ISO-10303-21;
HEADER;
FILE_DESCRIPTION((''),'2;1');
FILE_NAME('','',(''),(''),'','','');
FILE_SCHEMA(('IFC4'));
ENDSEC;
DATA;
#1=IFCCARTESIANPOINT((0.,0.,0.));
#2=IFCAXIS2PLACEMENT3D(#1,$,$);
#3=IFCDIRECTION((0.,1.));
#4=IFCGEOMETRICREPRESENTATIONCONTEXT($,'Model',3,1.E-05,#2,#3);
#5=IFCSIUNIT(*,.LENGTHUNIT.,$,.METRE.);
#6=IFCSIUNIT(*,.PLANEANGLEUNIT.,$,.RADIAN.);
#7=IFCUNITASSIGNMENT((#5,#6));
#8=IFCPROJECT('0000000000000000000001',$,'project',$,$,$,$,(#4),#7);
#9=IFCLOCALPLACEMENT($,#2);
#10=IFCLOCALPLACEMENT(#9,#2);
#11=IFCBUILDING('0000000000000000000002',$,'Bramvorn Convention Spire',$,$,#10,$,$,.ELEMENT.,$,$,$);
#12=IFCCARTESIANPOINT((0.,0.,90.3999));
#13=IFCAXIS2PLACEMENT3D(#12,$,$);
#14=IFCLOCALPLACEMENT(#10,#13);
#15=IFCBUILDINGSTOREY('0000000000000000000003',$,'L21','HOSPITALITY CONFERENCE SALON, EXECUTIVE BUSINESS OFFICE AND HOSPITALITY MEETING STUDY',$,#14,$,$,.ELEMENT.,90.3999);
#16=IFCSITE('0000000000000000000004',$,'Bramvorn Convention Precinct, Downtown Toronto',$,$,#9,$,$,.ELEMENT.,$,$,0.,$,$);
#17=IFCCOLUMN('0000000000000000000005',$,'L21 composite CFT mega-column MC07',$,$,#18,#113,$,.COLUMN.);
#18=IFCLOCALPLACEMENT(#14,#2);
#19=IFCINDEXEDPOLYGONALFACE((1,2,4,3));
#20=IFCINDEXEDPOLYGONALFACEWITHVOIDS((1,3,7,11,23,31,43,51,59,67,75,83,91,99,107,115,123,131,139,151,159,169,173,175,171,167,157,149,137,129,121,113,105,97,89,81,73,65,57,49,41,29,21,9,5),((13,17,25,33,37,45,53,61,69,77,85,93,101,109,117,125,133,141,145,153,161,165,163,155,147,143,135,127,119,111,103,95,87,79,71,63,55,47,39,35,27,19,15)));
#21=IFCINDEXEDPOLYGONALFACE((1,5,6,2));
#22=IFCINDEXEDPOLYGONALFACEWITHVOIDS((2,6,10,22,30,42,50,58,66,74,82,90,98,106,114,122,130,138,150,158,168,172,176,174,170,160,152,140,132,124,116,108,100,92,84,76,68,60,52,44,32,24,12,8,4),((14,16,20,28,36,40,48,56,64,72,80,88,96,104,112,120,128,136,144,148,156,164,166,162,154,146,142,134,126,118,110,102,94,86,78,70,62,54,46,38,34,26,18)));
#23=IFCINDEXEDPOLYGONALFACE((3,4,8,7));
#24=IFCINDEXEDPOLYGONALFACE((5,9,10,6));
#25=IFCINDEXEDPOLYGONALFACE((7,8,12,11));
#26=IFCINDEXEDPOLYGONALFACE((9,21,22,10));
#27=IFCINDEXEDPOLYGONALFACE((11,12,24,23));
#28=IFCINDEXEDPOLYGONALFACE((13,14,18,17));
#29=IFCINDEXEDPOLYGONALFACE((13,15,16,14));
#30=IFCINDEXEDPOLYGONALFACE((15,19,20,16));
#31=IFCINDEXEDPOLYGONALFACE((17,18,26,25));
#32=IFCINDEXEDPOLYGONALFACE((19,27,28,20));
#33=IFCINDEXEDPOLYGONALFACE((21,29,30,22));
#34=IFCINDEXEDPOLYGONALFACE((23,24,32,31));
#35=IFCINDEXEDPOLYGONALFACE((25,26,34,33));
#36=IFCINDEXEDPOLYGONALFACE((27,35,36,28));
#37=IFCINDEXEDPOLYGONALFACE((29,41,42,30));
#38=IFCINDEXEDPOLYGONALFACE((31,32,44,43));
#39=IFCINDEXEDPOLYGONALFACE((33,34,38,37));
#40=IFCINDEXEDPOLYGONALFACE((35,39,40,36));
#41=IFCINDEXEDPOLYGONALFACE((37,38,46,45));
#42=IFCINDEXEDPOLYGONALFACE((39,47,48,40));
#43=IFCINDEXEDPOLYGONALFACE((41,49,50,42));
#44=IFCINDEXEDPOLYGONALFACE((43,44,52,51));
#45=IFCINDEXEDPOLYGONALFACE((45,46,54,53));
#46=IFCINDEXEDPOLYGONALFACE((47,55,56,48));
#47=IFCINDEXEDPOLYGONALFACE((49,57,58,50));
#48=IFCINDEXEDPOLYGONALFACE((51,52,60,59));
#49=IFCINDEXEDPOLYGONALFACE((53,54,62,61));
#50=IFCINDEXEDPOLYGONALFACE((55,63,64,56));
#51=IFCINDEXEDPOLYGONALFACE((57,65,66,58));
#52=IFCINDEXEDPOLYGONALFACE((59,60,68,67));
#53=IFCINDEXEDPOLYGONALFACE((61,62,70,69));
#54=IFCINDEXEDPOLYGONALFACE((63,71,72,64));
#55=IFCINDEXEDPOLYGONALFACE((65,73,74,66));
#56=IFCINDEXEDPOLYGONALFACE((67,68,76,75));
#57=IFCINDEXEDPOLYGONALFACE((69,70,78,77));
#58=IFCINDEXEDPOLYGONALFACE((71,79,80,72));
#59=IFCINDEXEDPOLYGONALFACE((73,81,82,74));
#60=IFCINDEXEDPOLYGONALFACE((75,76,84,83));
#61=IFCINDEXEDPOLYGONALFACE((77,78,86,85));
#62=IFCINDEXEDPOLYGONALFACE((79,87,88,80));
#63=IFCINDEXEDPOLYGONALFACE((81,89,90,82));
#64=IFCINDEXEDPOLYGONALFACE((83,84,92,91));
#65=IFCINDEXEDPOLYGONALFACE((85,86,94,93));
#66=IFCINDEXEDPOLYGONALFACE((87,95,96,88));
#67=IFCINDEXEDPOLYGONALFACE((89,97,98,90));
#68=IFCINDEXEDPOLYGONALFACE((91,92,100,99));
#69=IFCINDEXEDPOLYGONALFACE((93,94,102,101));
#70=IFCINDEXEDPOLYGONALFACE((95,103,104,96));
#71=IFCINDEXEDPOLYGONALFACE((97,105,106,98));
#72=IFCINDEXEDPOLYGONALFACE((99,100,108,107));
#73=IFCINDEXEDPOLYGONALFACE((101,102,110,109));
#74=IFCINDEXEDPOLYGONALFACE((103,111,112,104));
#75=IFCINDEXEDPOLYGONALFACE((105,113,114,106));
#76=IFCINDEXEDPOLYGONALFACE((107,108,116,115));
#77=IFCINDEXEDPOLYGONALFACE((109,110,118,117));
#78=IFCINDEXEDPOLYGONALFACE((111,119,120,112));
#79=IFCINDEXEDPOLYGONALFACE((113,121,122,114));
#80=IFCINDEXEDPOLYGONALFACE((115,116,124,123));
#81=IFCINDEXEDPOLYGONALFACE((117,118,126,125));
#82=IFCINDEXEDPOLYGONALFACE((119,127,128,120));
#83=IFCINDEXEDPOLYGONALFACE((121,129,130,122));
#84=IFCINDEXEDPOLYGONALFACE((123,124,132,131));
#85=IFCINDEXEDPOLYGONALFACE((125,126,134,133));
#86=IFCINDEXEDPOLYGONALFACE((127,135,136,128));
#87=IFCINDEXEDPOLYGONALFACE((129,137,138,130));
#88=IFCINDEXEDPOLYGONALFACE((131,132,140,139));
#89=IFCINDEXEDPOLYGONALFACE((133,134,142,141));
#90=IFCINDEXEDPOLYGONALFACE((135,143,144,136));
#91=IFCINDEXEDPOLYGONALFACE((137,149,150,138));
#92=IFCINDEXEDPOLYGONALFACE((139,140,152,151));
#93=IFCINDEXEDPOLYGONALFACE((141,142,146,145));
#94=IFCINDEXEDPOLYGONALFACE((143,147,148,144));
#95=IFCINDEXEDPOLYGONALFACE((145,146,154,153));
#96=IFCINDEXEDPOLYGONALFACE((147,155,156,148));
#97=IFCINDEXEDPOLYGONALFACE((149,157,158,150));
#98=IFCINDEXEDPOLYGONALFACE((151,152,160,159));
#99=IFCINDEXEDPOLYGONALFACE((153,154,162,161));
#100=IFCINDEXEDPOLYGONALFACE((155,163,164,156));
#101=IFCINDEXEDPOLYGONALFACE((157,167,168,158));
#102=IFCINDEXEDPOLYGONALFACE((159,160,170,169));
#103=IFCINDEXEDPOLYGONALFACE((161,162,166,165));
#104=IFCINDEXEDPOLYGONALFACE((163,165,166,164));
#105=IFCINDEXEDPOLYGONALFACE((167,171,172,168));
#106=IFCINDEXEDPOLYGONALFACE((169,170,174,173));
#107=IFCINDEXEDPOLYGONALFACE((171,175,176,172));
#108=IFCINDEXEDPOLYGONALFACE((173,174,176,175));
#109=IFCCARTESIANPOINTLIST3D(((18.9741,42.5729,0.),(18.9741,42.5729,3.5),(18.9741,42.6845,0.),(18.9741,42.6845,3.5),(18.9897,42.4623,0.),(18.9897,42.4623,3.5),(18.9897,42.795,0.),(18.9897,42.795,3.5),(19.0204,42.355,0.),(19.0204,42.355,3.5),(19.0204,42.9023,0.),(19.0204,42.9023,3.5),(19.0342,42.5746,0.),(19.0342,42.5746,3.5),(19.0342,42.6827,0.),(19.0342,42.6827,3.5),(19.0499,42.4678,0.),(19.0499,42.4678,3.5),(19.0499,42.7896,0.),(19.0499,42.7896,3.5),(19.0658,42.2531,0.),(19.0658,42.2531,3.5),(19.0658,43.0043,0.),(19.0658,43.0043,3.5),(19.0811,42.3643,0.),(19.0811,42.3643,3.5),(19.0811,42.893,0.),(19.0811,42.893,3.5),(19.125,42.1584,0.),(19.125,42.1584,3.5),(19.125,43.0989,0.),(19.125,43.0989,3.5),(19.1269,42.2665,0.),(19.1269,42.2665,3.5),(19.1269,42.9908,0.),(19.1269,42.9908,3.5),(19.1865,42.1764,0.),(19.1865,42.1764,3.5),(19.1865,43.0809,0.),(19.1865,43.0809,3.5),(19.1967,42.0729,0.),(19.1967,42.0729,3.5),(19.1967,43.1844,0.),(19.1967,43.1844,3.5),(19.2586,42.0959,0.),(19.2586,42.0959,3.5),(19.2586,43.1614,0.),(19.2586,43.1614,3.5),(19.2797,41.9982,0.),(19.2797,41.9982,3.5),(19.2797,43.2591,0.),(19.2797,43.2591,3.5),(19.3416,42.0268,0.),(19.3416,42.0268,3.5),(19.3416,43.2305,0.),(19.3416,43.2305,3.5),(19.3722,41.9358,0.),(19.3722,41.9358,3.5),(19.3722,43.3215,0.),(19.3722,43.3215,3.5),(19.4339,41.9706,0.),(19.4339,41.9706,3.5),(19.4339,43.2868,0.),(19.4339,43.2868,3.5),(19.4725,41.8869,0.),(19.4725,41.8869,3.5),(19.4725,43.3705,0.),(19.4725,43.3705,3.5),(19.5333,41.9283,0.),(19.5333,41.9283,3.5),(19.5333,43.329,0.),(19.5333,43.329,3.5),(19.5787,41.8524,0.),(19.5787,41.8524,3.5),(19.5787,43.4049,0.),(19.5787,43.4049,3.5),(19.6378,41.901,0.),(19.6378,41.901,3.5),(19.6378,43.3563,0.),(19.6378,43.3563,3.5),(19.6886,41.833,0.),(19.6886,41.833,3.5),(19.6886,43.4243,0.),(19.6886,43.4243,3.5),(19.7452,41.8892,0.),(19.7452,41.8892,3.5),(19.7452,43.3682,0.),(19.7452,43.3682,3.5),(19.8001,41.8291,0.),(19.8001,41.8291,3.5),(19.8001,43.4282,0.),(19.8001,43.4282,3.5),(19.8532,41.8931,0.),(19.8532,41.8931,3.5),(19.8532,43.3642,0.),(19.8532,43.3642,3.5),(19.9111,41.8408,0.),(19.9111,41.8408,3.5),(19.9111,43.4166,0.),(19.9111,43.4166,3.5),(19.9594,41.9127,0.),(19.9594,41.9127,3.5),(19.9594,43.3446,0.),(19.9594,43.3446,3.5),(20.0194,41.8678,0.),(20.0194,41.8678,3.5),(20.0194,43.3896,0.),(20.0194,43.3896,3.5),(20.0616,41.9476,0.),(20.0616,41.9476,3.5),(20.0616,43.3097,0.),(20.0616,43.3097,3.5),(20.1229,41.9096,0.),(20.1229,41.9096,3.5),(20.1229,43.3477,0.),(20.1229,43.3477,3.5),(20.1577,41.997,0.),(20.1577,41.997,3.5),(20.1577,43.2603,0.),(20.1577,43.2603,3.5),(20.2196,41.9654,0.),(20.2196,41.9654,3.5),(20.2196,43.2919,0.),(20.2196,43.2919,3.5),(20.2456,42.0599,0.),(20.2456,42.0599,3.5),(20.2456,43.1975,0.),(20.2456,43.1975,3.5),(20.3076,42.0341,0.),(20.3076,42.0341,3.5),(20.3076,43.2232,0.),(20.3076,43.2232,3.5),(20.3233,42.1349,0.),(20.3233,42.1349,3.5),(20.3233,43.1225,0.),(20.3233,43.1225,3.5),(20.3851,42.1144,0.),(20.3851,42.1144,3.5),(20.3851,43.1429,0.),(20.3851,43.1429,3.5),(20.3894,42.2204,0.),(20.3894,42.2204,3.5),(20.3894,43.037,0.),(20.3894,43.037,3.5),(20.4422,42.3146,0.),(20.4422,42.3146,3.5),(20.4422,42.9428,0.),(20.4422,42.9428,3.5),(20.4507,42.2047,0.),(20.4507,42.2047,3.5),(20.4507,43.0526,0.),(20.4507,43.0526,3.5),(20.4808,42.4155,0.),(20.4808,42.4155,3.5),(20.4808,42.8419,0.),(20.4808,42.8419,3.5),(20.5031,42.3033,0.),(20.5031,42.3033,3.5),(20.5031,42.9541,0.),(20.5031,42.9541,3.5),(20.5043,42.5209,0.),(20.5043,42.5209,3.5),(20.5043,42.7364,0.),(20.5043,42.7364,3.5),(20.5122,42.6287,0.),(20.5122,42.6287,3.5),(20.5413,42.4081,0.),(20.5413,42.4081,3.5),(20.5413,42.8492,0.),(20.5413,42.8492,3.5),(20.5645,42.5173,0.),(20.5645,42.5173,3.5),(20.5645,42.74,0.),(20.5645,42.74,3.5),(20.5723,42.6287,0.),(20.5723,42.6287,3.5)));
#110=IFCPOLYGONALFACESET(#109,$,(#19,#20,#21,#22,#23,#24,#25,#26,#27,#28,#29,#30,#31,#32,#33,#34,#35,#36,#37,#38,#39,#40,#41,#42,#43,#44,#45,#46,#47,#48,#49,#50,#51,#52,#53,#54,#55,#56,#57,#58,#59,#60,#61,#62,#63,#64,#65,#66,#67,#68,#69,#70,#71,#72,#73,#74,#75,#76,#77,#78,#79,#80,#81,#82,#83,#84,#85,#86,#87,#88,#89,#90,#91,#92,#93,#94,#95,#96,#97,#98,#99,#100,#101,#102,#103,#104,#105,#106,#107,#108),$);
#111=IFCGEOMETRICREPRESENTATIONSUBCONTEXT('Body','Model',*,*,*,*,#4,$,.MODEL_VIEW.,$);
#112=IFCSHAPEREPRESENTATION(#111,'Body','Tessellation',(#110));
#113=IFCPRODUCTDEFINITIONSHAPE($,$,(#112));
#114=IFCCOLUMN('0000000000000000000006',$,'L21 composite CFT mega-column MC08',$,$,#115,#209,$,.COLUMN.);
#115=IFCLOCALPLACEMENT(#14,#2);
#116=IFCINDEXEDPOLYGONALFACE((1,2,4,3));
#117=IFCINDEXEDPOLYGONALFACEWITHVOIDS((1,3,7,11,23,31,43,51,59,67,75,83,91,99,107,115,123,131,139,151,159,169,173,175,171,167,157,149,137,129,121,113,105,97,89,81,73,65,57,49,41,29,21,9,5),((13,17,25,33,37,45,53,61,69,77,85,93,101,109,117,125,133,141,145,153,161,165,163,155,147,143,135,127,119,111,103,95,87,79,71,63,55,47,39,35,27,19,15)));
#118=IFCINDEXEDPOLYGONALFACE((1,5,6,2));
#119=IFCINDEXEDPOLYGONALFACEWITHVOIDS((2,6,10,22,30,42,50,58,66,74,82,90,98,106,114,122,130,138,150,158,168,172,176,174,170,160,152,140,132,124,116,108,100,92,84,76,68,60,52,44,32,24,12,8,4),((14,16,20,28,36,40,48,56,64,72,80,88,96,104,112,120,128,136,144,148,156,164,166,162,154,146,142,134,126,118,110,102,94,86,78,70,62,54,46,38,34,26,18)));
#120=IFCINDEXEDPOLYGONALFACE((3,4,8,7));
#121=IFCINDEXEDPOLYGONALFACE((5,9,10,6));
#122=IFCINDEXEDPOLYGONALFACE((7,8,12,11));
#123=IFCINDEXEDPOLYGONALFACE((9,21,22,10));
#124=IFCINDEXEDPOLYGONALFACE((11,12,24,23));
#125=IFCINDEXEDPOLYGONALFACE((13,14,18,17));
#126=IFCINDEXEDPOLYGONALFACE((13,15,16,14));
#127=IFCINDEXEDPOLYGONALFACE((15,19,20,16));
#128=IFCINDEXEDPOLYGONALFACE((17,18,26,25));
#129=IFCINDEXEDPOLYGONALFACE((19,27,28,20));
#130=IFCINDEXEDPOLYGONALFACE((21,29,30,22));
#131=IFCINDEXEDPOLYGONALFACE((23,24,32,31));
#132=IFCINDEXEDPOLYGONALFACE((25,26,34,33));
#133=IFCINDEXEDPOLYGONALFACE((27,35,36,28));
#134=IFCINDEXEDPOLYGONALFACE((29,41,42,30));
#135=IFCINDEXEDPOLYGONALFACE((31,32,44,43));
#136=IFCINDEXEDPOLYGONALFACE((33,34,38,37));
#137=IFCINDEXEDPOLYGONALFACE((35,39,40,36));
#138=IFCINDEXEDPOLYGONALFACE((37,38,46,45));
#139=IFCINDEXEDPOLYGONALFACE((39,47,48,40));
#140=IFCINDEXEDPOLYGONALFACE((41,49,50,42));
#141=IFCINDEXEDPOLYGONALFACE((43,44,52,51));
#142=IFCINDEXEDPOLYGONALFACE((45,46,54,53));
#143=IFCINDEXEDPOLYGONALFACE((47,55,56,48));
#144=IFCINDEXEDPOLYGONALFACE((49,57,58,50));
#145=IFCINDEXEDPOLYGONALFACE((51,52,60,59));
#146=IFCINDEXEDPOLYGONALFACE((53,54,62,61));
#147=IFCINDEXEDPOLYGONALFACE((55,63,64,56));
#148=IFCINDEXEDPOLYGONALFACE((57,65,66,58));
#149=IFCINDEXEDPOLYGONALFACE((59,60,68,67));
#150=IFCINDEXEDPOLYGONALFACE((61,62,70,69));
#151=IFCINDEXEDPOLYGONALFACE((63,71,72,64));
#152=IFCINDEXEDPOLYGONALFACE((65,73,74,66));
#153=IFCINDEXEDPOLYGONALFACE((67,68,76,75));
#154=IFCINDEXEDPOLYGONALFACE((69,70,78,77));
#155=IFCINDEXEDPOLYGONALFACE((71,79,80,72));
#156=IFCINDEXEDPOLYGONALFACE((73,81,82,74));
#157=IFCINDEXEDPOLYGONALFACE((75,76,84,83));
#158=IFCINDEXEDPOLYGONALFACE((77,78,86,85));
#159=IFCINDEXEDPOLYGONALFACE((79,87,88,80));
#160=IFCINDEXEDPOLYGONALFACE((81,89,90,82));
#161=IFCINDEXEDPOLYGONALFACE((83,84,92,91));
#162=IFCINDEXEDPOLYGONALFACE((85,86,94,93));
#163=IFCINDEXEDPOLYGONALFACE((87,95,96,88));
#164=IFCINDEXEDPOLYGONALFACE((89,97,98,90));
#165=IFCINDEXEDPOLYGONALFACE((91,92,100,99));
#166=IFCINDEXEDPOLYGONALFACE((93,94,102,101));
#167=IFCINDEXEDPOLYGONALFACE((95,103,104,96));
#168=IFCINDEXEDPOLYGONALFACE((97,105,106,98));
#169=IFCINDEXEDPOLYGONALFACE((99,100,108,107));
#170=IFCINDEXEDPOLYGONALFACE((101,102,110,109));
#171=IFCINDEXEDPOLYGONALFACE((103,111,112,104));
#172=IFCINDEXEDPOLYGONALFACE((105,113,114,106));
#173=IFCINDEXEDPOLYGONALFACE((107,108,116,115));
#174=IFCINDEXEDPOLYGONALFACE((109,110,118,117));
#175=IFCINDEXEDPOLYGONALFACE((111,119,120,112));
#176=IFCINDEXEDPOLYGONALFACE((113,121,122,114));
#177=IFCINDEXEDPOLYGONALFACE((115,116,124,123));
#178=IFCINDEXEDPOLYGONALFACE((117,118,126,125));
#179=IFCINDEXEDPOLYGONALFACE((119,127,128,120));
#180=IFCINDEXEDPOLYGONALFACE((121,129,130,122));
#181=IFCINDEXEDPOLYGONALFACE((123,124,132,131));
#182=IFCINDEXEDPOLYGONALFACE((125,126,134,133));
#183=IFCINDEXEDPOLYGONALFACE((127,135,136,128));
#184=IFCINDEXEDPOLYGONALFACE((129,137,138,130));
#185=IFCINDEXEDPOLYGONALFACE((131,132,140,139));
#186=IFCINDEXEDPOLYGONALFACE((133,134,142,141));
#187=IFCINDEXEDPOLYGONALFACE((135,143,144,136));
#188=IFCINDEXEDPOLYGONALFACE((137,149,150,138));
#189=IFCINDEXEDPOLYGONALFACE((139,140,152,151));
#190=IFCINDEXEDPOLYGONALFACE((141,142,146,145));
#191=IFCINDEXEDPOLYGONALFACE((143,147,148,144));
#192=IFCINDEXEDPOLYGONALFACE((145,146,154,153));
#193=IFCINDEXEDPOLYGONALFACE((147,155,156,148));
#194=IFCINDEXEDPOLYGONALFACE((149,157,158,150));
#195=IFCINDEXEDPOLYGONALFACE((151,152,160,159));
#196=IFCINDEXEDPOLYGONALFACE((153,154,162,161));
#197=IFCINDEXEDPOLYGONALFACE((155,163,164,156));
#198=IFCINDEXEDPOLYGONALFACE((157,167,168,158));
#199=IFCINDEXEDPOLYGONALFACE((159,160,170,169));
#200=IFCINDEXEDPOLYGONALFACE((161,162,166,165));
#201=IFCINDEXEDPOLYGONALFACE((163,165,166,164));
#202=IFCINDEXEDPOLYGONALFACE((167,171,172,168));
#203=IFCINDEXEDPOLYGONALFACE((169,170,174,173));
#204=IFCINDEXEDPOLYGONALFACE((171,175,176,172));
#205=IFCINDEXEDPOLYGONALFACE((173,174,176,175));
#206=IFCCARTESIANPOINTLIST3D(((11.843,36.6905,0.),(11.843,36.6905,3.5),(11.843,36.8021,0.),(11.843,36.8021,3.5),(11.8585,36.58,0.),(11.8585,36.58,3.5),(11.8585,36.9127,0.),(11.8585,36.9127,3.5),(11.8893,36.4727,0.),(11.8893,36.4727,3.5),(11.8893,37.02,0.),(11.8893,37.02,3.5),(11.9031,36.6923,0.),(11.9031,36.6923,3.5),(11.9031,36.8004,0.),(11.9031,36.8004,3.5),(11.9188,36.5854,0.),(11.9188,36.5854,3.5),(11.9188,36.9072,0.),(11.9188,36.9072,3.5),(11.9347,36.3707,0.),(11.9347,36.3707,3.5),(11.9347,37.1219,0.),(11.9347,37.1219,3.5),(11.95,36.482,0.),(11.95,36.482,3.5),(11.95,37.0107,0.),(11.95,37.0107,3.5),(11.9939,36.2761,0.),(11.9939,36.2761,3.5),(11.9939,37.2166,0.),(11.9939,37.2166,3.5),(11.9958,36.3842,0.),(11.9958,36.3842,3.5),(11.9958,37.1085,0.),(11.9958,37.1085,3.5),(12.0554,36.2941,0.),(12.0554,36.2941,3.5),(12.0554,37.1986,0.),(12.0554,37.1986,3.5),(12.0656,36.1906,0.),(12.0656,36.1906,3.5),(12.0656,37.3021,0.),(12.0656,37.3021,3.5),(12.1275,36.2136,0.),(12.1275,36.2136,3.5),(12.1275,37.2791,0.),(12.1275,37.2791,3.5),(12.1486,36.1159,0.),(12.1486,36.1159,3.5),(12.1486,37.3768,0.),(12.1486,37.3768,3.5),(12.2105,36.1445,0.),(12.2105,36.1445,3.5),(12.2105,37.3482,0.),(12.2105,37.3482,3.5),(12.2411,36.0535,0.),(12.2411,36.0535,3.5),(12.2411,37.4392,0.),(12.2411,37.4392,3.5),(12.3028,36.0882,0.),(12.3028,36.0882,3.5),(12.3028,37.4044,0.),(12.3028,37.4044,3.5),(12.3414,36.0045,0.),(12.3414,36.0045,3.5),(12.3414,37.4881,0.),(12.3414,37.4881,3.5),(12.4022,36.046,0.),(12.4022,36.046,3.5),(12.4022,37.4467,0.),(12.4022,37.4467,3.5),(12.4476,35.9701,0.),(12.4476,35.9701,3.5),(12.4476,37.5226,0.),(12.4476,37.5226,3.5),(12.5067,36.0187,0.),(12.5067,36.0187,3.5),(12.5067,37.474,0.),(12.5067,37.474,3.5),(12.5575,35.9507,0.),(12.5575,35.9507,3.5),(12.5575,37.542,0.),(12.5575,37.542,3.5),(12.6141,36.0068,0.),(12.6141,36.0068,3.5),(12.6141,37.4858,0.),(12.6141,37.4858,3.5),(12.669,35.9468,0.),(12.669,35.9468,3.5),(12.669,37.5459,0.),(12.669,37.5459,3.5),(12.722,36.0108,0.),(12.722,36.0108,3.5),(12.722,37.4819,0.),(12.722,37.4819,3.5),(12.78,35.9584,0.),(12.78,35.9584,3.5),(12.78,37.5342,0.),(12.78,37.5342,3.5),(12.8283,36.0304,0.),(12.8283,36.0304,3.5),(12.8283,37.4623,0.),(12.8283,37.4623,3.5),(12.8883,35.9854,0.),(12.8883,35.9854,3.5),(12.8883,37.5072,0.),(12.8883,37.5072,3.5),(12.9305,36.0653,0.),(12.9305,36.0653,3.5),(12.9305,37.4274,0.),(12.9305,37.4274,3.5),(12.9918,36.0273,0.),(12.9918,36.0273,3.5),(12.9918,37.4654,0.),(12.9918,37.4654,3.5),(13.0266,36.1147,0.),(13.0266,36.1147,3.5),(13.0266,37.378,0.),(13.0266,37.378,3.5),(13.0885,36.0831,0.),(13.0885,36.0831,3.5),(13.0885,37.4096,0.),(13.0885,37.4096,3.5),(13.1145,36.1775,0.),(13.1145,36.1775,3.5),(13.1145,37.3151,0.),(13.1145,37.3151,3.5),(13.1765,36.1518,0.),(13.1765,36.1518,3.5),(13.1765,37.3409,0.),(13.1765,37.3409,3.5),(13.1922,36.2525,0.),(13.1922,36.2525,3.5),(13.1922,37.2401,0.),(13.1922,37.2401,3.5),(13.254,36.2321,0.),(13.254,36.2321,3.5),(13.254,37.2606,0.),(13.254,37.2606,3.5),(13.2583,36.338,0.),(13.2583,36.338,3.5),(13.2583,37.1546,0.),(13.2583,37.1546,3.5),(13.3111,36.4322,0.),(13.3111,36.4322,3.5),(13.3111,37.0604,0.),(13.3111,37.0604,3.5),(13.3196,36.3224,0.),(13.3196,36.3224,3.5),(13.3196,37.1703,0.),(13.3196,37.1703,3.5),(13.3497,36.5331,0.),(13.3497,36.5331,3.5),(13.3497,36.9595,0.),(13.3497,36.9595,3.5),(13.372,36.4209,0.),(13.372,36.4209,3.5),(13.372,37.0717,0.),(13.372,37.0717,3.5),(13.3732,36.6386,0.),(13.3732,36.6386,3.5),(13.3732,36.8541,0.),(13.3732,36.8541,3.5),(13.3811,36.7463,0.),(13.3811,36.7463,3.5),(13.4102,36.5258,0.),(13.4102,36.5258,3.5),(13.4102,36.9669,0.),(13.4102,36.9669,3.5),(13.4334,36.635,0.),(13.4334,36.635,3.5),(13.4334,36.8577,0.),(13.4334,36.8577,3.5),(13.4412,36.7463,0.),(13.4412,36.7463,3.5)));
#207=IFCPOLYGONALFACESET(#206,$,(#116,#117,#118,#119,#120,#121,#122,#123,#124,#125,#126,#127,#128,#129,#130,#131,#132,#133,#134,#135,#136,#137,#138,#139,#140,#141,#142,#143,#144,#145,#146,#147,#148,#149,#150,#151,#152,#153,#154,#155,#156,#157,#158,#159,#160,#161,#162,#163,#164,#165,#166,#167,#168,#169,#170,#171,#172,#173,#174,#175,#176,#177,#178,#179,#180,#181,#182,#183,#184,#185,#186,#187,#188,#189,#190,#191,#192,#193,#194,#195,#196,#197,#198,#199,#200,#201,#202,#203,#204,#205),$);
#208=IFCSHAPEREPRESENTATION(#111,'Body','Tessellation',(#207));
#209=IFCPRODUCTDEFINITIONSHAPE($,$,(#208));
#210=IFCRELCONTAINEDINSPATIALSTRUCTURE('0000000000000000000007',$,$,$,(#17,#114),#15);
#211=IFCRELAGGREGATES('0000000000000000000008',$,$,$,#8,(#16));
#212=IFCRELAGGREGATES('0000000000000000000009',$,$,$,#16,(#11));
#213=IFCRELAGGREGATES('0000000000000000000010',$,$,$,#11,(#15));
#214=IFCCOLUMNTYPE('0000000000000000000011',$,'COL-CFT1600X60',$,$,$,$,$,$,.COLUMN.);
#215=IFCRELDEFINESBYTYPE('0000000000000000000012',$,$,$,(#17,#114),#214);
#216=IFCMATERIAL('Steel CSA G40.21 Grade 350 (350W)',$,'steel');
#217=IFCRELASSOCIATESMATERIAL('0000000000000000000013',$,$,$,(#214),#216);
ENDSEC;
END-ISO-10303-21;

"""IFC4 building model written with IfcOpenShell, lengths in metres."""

from ifc_helpers import new_model, si_unit, direction, frame, origin, origin_2d, place, context, subcontext, project, spatial, hollow_circle, extrude, material, material_profile, profile_set, type_object, element, save


model = new_model("IFC4")

# Units and contexts
model_context = context("Model", 3, precision=1e-05, world=origin(), true_north=direction((0.0, 1.0)))
body_context = subcontext(model_context, "Body", "Model", "MODEL_VIEW")
ifc_project = project(units=[si_unit("LENGTHUNIT", "METRE"), si_unit("PLANEANGLEUNIT", "RADIAN")], contexts=[model_context])

# Site, building, storey
site_placement = place(None, origin())
site = spatial("IfcSite", under=ifc_project, at=site_placement, Name="Bramvorn Convention Precinct, Downtown Toronto", CompositionType="ELEMENT", RefElevation=0.0)
building_placement = place(site_placement, origin())
building = spatial("IfcBuilding", under=site, at=building_placement, Name="Bramvorn Convention Spire", CompositionType="ELEMENT")
storey_placement = place(building_placement, frame((0.0, 0.0, 90.3999)))
storey = spatial("IfcBuildingStorey", under=building, at=storey_placement, Name="L21", Description="HOSPITALITY CONFERENCE SALON, EXECUTIVE BUSINESS OFFICE AND HOSPITALITY MEETING STUDY", CompositionType="ELEMENT", Elevation=90.3999)

# Columns
ifc_material_1 = material(Name="Steel CSA G40.21 Grade 350 (350W)", Category="steel")
ifc_material_profile_1 = material_profile(ifc_material_1, hollow_circle(Radius=0.8, WallThickness=0.0601, at=origin_2d()))
ifc_profile_set_1 = profile_set([ifc_material_profile_1], Name="Steel CSA G40.21 Grade 350 (350W) - CFT1600X60")
column_type = type_object("IfcColumnType", Name="COL-CFT1600X60", PredefinedType="COLUMN", material=ifc_profile_set_1)
for number, where, z_axis, x_axis, name in (
    (1, (19.7722, 42.6287, 0.0), (0.0, 0.0, 1.0), (1.0, 0.0, 0.0), "L21 composite CFT mega-column MC07"),
    (2, (12.6411, 36.7463, 0.0), (0.0, 0.0, 1.0), (1.0, 0.0, 0.0), "L21 composite CFT mega-column MC08"),
):
    element("IfcColumn", number, at=place(storey_placement, frame(where, z_axis=z_axis, x_axis=x_axis)), inside=storey, type_object=column_type, Name=name, PredefinedType="COLUMN", context=body_context, shape_type="SweptSolid", body=[
        extrude(hollow_circle(Radius=0.8, WallThickness=0.0601, at=origin_2d()), origin(), (0.0, 0.0, 1.0), 3.5),
    ])

save(model, "model.ifc")
